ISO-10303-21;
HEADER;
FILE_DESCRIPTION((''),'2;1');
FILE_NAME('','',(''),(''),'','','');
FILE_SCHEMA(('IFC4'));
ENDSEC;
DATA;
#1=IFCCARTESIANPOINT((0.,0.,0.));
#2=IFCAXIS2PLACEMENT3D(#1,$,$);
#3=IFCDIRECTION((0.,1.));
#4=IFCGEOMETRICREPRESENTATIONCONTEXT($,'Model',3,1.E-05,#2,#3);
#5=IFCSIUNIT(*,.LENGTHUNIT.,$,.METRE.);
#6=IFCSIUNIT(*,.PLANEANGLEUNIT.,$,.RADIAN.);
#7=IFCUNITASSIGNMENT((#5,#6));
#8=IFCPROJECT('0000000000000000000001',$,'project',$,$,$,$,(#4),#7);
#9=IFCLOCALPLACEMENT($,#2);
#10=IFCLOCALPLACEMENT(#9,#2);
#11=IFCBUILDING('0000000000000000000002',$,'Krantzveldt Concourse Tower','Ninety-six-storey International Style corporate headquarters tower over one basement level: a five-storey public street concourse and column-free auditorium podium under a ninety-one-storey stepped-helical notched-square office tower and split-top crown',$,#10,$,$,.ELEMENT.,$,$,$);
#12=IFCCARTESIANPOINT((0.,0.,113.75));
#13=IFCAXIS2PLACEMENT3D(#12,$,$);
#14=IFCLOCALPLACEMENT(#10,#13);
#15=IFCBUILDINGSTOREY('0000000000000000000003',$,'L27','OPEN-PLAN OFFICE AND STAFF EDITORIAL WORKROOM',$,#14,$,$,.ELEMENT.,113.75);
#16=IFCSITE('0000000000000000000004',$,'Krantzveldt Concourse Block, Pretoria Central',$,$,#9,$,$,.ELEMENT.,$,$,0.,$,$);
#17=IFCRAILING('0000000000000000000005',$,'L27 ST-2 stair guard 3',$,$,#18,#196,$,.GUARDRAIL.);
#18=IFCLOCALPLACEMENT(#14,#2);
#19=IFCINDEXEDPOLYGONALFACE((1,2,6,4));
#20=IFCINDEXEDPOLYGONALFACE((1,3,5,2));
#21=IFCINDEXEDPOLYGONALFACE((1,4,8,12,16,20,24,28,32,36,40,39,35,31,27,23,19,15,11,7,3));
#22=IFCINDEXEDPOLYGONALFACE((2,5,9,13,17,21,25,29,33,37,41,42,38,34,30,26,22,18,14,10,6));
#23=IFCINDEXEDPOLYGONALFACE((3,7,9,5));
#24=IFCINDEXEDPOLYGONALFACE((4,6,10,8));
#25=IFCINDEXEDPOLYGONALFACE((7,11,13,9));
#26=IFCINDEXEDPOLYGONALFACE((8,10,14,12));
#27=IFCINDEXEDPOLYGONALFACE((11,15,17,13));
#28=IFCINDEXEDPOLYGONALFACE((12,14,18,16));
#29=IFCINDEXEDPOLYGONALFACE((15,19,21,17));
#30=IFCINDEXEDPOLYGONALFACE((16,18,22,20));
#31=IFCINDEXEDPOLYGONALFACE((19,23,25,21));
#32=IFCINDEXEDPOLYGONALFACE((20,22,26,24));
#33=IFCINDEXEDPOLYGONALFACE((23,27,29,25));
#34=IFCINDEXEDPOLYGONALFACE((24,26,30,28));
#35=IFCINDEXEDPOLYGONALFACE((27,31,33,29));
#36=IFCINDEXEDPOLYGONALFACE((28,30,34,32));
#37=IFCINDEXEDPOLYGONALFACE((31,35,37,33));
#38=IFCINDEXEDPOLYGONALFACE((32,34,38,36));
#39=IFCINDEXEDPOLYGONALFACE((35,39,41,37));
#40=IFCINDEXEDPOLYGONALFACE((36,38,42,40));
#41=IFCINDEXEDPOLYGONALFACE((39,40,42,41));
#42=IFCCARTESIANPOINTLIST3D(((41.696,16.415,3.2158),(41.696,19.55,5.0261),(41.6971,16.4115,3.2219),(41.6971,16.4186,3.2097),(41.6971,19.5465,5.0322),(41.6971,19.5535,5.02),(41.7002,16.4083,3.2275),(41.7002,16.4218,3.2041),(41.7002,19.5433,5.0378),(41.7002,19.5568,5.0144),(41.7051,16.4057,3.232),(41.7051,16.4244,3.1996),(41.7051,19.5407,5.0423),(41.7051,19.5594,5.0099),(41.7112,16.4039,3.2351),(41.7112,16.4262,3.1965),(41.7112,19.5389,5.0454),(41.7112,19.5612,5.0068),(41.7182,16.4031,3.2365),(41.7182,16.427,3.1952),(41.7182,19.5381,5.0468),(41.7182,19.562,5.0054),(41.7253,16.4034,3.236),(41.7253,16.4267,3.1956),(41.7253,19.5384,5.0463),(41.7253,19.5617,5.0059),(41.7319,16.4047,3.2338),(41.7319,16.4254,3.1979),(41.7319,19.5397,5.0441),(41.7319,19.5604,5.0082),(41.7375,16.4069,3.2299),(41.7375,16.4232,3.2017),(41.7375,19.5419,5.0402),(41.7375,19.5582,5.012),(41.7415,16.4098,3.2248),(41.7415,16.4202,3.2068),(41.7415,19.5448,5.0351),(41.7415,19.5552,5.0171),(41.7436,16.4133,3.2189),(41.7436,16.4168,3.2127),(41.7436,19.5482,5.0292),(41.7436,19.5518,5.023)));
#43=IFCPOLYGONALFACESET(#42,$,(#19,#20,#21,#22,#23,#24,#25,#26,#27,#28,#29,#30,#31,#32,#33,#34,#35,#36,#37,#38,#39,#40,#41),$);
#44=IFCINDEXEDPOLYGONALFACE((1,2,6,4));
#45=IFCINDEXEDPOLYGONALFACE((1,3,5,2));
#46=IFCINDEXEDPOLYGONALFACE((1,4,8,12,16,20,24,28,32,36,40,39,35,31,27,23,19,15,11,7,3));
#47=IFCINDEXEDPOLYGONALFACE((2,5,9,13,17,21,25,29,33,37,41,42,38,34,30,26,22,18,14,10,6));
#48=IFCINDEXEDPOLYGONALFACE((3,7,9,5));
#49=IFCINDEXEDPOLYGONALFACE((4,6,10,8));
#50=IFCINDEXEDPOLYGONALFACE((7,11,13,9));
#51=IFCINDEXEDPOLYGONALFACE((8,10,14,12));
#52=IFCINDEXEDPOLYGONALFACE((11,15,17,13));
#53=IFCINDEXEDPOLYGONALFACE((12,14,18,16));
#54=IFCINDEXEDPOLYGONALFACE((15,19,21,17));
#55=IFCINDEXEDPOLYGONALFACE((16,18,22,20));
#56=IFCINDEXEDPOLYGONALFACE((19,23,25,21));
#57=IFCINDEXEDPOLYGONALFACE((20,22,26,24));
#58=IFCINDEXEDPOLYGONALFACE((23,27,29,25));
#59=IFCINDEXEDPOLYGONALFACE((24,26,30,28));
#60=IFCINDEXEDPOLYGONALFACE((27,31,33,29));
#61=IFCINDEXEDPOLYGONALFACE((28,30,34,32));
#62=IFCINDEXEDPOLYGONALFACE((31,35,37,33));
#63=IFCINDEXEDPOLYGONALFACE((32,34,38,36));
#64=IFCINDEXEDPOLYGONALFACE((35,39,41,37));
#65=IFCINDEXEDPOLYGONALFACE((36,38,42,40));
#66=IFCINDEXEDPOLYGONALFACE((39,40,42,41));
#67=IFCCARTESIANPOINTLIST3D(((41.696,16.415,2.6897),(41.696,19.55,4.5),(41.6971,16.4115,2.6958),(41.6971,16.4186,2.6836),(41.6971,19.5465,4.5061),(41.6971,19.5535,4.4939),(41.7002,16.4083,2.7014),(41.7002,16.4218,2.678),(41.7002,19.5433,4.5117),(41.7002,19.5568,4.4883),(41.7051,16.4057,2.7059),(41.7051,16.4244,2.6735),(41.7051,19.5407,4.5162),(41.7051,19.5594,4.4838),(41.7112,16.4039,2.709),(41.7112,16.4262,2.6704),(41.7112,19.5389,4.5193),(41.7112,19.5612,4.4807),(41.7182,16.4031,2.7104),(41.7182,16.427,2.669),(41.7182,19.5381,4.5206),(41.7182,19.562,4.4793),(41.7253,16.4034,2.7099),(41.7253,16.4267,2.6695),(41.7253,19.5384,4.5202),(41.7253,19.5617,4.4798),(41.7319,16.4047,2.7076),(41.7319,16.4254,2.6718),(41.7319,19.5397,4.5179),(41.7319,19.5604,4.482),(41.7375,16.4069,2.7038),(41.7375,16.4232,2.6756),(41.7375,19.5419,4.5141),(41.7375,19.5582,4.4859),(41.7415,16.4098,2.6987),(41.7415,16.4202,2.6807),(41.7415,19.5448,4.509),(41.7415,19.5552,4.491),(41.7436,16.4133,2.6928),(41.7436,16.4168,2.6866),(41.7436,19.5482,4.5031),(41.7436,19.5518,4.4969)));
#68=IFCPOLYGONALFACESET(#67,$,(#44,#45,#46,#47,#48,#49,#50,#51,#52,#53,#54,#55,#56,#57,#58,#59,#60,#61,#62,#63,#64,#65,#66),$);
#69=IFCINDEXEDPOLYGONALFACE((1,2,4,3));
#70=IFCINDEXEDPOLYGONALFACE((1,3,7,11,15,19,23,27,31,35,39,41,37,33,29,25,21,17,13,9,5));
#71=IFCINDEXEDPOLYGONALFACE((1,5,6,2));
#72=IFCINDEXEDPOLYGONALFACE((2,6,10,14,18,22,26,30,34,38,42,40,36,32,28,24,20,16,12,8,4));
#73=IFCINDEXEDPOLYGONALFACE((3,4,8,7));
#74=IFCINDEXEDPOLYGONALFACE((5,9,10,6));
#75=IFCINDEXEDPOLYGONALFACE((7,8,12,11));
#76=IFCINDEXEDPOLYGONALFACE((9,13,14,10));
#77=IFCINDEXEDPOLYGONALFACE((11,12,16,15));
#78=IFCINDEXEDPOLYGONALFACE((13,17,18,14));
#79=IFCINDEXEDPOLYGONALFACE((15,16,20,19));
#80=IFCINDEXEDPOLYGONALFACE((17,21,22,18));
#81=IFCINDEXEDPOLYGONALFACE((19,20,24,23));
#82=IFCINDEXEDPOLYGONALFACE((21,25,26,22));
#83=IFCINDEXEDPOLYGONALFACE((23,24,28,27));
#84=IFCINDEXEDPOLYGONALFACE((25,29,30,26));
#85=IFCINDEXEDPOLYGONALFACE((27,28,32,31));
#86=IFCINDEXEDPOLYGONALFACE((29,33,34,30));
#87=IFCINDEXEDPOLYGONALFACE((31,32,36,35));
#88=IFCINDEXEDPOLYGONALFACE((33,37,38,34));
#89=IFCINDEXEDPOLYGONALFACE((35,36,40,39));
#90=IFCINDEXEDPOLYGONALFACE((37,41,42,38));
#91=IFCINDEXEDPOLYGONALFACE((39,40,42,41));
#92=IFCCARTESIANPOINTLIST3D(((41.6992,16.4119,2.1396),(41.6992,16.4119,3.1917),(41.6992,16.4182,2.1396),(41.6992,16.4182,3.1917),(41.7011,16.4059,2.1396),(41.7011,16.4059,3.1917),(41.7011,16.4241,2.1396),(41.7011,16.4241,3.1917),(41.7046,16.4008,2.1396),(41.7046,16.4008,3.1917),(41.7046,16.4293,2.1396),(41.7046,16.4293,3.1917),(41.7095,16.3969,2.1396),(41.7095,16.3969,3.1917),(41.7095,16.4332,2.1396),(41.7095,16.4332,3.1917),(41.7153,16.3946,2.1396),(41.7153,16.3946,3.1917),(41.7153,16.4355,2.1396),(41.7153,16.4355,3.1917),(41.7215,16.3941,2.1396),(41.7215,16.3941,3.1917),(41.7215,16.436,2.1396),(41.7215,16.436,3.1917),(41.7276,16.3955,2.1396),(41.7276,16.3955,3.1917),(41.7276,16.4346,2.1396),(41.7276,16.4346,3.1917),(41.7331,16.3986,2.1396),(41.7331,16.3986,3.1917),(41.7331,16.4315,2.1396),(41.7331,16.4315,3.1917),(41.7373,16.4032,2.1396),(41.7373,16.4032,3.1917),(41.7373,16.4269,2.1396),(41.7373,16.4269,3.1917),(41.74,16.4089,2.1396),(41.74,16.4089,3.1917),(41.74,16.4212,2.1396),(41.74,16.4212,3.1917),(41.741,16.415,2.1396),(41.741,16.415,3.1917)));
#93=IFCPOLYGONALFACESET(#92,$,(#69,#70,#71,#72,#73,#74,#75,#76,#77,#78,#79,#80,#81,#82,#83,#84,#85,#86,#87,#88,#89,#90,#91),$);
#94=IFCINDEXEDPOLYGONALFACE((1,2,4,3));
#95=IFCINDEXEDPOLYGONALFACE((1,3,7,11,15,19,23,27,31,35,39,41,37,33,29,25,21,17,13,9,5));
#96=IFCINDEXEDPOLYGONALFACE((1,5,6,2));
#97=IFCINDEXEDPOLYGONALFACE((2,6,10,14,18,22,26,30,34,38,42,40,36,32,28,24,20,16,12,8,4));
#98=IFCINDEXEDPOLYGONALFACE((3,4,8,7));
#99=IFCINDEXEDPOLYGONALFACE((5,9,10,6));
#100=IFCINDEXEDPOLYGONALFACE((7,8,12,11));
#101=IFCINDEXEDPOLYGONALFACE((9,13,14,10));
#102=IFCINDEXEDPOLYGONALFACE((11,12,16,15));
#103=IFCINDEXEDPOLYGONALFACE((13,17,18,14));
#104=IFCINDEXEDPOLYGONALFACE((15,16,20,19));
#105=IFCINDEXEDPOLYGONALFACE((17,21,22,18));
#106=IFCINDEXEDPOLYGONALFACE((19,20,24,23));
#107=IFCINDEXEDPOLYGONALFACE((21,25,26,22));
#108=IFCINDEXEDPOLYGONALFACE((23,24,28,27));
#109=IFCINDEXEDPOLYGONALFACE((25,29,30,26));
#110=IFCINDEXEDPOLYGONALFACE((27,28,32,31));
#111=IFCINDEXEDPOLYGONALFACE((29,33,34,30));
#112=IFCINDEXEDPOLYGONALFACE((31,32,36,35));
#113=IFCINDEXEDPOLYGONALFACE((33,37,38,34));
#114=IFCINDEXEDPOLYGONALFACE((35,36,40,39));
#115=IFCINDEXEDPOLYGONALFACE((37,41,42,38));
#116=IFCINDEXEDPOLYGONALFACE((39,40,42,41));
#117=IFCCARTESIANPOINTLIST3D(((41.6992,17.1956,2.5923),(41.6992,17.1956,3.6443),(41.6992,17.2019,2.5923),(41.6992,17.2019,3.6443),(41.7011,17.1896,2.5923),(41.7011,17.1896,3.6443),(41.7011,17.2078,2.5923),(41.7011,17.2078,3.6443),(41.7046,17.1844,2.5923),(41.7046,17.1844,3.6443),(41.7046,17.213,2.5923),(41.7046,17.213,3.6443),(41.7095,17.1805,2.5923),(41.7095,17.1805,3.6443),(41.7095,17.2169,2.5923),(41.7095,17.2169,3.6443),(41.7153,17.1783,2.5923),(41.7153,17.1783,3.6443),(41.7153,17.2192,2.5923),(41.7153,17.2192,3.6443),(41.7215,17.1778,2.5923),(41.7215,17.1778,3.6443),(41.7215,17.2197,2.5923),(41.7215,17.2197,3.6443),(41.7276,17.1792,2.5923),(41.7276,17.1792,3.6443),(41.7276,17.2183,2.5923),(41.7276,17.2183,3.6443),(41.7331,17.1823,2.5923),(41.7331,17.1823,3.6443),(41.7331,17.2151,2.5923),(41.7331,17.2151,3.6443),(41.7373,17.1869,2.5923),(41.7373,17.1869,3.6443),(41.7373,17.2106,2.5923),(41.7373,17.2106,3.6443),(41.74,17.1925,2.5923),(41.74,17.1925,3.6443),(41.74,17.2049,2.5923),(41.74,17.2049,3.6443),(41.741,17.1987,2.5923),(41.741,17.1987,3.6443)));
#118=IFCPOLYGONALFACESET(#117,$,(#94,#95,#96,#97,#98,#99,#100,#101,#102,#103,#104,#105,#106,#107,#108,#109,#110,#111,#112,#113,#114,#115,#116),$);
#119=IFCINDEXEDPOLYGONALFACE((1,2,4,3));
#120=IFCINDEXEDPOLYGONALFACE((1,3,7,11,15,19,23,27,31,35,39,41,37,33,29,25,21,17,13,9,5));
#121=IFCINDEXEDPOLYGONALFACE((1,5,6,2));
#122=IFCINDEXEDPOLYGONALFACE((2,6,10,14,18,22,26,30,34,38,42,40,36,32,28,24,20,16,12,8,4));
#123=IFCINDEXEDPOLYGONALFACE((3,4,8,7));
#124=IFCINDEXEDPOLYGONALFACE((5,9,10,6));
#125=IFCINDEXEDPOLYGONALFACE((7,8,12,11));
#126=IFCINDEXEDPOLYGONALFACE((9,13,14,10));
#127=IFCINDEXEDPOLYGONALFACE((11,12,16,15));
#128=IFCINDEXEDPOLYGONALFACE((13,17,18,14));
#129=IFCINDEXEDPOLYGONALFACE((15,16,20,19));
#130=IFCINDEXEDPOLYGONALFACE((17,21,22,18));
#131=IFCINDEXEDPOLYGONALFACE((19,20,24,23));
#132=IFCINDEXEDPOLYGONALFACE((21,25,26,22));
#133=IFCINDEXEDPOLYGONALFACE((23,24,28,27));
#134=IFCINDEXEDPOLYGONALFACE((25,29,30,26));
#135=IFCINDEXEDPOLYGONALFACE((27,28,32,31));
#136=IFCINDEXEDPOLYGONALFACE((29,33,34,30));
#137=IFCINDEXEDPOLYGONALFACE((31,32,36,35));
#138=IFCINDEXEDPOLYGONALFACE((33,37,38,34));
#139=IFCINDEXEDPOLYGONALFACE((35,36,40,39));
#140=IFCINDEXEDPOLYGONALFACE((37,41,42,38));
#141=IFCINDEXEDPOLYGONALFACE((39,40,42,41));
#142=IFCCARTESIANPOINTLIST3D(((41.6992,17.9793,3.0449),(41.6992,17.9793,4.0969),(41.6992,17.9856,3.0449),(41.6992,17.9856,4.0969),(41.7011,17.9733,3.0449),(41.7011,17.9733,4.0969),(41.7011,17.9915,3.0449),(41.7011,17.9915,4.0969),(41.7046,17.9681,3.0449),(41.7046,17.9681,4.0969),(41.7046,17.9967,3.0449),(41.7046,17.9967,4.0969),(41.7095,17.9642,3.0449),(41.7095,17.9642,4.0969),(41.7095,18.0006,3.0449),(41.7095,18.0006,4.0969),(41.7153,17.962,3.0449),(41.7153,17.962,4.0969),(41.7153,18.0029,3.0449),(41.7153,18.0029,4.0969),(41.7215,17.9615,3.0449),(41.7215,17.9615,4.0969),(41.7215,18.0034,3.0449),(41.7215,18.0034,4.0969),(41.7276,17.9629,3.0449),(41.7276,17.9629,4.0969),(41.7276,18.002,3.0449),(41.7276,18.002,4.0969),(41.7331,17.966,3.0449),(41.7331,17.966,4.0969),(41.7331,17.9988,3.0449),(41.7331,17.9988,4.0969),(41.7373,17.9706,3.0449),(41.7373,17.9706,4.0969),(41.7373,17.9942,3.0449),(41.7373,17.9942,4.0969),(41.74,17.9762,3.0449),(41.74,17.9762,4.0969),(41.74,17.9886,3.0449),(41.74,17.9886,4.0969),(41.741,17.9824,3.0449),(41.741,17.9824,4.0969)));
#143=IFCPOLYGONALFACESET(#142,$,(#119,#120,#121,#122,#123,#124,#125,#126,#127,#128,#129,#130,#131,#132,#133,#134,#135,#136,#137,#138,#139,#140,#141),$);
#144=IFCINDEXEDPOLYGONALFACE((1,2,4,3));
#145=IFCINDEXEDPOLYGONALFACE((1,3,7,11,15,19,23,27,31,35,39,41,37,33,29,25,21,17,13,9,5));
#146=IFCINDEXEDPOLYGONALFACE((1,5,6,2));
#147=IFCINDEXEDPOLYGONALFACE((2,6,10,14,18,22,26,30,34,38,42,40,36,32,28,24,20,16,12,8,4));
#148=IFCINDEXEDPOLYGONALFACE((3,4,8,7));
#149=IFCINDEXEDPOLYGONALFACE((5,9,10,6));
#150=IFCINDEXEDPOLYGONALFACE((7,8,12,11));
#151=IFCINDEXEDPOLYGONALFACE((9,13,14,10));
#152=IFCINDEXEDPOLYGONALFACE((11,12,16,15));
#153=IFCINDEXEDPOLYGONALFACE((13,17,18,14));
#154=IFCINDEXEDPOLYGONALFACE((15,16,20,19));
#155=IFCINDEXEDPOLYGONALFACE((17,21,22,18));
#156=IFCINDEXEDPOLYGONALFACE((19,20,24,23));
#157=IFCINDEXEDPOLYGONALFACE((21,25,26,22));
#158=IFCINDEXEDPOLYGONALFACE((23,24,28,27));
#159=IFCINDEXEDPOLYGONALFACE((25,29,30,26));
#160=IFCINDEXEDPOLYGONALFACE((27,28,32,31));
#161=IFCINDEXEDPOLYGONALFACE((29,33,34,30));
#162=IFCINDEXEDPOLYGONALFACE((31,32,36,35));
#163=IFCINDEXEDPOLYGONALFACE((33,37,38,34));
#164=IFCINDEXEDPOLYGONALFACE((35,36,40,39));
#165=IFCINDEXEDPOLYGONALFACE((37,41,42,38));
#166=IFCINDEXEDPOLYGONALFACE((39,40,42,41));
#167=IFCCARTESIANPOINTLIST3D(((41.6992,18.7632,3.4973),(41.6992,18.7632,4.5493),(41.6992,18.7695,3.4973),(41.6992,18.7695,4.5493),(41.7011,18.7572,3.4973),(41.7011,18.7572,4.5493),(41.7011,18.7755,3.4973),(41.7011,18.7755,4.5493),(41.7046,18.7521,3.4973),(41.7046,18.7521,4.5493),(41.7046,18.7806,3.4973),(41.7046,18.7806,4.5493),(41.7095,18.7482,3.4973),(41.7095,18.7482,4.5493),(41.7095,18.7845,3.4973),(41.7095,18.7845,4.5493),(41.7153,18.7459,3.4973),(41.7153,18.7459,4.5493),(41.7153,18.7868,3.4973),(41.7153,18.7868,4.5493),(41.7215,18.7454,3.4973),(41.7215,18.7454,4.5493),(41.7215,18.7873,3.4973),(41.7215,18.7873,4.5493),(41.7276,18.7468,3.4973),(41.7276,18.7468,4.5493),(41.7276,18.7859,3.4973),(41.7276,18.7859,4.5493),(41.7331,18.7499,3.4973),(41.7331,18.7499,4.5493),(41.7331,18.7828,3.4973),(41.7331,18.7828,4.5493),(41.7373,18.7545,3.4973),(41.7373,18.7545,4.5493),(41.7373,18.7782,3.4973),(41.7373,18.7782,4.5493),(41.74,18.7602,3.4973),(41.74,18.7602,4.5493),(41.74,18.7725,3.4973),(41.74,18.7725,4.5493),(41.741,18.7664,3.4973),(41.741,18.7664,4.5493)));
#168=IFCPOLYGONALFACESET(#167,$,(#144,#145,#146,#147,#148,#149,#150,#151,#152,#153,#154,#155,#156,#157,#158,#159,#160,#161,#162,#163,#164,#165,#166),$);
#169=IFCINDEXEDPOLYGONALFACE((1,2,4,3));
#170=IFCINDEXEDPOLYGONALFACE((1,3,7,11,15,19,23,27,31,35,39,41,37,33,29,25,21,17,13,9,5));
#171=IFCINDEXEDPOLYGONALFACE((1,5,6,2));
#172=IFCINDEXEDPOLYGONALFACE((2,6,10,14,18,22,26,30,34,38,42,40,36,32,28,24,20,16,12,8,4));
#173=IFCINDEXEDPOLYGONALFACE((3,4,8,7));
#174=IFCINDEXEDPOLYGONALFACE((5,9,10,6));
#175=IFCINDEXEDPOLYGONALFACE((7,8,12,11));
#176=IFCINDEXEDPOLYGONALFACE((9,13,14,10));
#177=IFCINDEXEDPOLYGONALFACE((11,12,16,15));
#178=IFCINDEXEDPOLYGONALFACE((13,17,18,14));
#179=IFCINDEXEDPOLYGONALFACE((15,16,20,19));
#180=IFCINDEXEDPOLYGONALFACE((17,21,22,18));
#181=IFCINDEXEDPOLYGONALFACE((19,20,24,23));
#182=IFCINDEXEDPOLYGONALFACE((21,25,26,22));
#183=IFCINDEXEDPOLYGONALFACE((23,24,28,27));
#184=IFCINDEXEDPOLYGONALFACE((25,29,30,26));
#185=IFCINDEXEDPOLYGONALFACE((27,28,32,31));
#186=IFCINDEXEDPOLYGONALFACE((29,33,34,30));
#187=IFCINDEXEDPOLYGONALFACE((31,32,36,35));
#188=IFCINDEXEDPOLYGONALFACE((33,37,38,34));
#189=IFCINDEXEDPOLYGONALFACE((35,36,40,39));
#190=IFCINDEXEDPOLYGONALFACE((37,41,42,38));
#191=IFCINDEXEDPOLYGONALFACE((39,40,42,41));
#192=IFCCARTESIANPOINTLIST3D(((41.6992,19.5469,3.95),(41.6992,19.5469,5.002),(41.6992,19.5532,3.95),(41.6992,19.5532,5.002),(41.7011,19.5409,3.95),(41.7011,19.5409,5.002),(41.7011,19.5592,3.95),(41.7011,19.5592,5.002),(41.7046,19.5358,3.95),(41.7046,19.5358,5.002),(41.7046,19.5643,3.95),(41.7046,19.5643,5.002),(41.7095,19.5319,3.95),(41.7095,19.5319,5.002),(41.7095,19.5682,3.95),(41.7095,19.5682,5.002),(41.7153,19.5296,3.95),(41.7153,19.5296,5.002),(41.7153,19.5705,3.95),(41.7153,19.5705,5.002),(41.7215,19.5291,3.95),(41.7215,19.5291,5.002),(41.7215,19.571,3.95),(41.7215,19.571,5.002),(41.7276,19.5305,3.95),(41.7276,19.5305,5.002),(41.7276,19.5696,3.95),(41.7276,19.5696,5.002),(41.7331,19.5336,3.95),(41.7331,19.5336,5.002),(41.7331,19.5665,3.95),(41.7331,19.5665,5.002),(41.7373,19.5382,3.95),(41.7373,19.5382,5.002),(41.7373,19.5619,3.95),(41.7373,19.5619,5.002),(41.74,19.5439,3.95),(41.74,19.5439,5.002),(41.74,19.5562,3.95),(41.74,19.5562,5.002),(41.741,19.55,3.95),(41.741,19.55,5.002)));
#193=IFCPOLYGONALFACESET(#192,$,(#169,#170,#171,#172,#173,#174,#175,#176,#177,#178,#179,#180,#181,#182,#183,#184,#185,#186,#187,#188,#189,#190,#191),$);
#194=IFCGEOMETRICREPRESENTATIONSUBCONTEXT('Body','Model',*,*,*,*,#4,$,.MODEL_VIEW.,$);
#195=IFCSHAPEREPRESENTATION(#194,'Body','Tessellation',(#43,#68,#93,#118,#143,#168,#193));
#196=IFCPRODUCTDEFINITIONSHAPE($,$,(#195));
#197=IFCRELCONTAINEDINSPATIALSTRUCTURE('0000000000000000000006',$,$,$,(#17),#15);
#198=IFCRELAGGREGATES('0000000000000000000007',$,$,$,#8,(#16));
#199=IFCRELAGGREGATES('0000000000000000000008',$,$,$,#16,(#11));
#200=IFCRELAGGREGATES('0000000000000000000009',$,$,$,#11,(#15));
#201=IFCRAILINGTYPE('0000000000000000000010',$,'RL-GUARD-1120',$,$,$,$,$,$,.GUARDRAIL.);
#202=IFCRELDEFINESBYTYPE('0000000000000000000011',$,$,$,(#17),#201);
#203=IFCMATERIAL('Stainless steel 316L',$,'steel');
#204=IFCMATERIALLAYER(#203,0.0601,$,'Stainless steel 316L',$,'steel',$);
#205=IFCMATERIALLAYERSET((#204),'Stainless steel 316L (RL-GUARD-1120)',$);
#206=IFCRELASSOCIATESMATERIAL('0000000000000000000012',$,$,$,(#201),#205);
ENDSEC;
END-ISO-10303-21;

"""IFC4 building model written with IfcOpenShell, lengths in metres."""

from ifc_helpers import new_model, si_unit, direction, frame, origin, origin_2d, place, context, subcontext, project, spatial, circle, extrude, material, layer, layer_set, type_object, element, save


model = new_model("IFC4")

# Units and contexts
model_context = context("Model", 3, precision=1e-05, world=origin(), true_north=direction((0.0, 1.0)))
body_context = subcontext(model_context, "Body", "Model", "MODEL_VIEW")
ifc_project = project(units=[si_unit("LENGTHUNIT", "METRE"), si_unit("PLANEANGLEUNIT", "RADIAN")], contexts=[model_context])

# Site, building, storey
site_placement = place(None, origin())
site = spatial("IfcSite", under=ifc_project, at=site_placement, Name="Krantzveldt Concourse Block, Pretoria Central", CompositionType="ELEMENT", RefElevation=0.0)
building_placement = place(site_placement, origin())
building = spatial("IfcBuilding", under=site, at=building_placement, Name="Krantzveldt Concourse Tower", Description="Ninety-six-storey International Style corporate headquarters tower over one basement level: a five-storey public street concourse and column-free auditorium podium under a ninety-one-storey stepped-helical notched-square office tower and split-top crown", CompositionType="ELEMENT")
storey_placement = place(building_placement, frame((0.0, 0.0, 113.75)))
storey = spatial("IfcBuildingStorey", under=building, at=storey_placement, Name="L27", Description="OPEN-PLAN OFFICE AND STAFF EDITORIAL WORKROOM", CompositionType="ELEMENT", Elevation=113.75)

# Shared definitions
ifc_material_1 = material(Name="Stainless steel 316L", Category="steel")

# Railing
ifc_layer_1 = layer(ifc_material_1, 0.0601, Name="Stainless steel 316L", Category="steel")
ifc_layer_set_1 = layer_set([ifc_layer_1], Name="Stainless steel 316L (RL-GUARD-1120)")
railing_type_1 = type_object("IfcRailingType", Name="RL-GUARD-1120", PredefinedType="GUARDRAIL", material=ifc_layer_set_1)
railing_1_placement = place(storey_placement, frame((41.72, 16.415, 2.1396)))
element("IfcRailing", 1, at=railing_1_placement, inside=storey, type_object=railing_type_1, Name="L27 ST-2 stair guard 3", PredefinedType="GUARDRAIL", context=body_context, shape_type="SweptSolid", body=[
    extrude(circle(Radius=0.0239, at=origin_2d()), frame((0.0, 0.0, 1.0762), z_axis=(0.0, 0.865989, 0.500063), x_axis=(-1.0, 0.0, 0.0)), (0.0, 0.0, 1.0), 3.6201),
    extrude(circle(Radius=0.0239, at=origin_2d()), frame((0.0, 0.0, 0.55), z_axis=(0.0, 0.865989, 0.500063), x_axis=(-1.0, 0.0, 0.0)), (0.0, 0.0, 1.0), 3.6201),
    extrude(circle(Radius=0.021, at=origin_2d()), origin(), (0.0, 0.0, 1.0), 1.052),
    extrude(circle(Radius=0.021, at=origin_2d()), frame((0.0, 0.7837, 0.4526)), (0.0, 0.0, 1.0), 1.052),
    extrude(circle(Radius=0.021, at=origin_2d()), frame((0.0, 1.5674, 0.9053)), (0.0, 0.0, 1.0), 1.052),
    extrude(circle(Radius=0.021, at=origin_2d()), frame((0.0, 2.3513, 1.3577)), (0.0, 0.0, 1.0), 1.052),
    extrude(circle(Radius=0.021, at=origin_2d()), frame((0.0, 3.135, 1.8103)), (0.0, 0.0, 1.0), 1.052),
])

save(model, "model.ifc")
